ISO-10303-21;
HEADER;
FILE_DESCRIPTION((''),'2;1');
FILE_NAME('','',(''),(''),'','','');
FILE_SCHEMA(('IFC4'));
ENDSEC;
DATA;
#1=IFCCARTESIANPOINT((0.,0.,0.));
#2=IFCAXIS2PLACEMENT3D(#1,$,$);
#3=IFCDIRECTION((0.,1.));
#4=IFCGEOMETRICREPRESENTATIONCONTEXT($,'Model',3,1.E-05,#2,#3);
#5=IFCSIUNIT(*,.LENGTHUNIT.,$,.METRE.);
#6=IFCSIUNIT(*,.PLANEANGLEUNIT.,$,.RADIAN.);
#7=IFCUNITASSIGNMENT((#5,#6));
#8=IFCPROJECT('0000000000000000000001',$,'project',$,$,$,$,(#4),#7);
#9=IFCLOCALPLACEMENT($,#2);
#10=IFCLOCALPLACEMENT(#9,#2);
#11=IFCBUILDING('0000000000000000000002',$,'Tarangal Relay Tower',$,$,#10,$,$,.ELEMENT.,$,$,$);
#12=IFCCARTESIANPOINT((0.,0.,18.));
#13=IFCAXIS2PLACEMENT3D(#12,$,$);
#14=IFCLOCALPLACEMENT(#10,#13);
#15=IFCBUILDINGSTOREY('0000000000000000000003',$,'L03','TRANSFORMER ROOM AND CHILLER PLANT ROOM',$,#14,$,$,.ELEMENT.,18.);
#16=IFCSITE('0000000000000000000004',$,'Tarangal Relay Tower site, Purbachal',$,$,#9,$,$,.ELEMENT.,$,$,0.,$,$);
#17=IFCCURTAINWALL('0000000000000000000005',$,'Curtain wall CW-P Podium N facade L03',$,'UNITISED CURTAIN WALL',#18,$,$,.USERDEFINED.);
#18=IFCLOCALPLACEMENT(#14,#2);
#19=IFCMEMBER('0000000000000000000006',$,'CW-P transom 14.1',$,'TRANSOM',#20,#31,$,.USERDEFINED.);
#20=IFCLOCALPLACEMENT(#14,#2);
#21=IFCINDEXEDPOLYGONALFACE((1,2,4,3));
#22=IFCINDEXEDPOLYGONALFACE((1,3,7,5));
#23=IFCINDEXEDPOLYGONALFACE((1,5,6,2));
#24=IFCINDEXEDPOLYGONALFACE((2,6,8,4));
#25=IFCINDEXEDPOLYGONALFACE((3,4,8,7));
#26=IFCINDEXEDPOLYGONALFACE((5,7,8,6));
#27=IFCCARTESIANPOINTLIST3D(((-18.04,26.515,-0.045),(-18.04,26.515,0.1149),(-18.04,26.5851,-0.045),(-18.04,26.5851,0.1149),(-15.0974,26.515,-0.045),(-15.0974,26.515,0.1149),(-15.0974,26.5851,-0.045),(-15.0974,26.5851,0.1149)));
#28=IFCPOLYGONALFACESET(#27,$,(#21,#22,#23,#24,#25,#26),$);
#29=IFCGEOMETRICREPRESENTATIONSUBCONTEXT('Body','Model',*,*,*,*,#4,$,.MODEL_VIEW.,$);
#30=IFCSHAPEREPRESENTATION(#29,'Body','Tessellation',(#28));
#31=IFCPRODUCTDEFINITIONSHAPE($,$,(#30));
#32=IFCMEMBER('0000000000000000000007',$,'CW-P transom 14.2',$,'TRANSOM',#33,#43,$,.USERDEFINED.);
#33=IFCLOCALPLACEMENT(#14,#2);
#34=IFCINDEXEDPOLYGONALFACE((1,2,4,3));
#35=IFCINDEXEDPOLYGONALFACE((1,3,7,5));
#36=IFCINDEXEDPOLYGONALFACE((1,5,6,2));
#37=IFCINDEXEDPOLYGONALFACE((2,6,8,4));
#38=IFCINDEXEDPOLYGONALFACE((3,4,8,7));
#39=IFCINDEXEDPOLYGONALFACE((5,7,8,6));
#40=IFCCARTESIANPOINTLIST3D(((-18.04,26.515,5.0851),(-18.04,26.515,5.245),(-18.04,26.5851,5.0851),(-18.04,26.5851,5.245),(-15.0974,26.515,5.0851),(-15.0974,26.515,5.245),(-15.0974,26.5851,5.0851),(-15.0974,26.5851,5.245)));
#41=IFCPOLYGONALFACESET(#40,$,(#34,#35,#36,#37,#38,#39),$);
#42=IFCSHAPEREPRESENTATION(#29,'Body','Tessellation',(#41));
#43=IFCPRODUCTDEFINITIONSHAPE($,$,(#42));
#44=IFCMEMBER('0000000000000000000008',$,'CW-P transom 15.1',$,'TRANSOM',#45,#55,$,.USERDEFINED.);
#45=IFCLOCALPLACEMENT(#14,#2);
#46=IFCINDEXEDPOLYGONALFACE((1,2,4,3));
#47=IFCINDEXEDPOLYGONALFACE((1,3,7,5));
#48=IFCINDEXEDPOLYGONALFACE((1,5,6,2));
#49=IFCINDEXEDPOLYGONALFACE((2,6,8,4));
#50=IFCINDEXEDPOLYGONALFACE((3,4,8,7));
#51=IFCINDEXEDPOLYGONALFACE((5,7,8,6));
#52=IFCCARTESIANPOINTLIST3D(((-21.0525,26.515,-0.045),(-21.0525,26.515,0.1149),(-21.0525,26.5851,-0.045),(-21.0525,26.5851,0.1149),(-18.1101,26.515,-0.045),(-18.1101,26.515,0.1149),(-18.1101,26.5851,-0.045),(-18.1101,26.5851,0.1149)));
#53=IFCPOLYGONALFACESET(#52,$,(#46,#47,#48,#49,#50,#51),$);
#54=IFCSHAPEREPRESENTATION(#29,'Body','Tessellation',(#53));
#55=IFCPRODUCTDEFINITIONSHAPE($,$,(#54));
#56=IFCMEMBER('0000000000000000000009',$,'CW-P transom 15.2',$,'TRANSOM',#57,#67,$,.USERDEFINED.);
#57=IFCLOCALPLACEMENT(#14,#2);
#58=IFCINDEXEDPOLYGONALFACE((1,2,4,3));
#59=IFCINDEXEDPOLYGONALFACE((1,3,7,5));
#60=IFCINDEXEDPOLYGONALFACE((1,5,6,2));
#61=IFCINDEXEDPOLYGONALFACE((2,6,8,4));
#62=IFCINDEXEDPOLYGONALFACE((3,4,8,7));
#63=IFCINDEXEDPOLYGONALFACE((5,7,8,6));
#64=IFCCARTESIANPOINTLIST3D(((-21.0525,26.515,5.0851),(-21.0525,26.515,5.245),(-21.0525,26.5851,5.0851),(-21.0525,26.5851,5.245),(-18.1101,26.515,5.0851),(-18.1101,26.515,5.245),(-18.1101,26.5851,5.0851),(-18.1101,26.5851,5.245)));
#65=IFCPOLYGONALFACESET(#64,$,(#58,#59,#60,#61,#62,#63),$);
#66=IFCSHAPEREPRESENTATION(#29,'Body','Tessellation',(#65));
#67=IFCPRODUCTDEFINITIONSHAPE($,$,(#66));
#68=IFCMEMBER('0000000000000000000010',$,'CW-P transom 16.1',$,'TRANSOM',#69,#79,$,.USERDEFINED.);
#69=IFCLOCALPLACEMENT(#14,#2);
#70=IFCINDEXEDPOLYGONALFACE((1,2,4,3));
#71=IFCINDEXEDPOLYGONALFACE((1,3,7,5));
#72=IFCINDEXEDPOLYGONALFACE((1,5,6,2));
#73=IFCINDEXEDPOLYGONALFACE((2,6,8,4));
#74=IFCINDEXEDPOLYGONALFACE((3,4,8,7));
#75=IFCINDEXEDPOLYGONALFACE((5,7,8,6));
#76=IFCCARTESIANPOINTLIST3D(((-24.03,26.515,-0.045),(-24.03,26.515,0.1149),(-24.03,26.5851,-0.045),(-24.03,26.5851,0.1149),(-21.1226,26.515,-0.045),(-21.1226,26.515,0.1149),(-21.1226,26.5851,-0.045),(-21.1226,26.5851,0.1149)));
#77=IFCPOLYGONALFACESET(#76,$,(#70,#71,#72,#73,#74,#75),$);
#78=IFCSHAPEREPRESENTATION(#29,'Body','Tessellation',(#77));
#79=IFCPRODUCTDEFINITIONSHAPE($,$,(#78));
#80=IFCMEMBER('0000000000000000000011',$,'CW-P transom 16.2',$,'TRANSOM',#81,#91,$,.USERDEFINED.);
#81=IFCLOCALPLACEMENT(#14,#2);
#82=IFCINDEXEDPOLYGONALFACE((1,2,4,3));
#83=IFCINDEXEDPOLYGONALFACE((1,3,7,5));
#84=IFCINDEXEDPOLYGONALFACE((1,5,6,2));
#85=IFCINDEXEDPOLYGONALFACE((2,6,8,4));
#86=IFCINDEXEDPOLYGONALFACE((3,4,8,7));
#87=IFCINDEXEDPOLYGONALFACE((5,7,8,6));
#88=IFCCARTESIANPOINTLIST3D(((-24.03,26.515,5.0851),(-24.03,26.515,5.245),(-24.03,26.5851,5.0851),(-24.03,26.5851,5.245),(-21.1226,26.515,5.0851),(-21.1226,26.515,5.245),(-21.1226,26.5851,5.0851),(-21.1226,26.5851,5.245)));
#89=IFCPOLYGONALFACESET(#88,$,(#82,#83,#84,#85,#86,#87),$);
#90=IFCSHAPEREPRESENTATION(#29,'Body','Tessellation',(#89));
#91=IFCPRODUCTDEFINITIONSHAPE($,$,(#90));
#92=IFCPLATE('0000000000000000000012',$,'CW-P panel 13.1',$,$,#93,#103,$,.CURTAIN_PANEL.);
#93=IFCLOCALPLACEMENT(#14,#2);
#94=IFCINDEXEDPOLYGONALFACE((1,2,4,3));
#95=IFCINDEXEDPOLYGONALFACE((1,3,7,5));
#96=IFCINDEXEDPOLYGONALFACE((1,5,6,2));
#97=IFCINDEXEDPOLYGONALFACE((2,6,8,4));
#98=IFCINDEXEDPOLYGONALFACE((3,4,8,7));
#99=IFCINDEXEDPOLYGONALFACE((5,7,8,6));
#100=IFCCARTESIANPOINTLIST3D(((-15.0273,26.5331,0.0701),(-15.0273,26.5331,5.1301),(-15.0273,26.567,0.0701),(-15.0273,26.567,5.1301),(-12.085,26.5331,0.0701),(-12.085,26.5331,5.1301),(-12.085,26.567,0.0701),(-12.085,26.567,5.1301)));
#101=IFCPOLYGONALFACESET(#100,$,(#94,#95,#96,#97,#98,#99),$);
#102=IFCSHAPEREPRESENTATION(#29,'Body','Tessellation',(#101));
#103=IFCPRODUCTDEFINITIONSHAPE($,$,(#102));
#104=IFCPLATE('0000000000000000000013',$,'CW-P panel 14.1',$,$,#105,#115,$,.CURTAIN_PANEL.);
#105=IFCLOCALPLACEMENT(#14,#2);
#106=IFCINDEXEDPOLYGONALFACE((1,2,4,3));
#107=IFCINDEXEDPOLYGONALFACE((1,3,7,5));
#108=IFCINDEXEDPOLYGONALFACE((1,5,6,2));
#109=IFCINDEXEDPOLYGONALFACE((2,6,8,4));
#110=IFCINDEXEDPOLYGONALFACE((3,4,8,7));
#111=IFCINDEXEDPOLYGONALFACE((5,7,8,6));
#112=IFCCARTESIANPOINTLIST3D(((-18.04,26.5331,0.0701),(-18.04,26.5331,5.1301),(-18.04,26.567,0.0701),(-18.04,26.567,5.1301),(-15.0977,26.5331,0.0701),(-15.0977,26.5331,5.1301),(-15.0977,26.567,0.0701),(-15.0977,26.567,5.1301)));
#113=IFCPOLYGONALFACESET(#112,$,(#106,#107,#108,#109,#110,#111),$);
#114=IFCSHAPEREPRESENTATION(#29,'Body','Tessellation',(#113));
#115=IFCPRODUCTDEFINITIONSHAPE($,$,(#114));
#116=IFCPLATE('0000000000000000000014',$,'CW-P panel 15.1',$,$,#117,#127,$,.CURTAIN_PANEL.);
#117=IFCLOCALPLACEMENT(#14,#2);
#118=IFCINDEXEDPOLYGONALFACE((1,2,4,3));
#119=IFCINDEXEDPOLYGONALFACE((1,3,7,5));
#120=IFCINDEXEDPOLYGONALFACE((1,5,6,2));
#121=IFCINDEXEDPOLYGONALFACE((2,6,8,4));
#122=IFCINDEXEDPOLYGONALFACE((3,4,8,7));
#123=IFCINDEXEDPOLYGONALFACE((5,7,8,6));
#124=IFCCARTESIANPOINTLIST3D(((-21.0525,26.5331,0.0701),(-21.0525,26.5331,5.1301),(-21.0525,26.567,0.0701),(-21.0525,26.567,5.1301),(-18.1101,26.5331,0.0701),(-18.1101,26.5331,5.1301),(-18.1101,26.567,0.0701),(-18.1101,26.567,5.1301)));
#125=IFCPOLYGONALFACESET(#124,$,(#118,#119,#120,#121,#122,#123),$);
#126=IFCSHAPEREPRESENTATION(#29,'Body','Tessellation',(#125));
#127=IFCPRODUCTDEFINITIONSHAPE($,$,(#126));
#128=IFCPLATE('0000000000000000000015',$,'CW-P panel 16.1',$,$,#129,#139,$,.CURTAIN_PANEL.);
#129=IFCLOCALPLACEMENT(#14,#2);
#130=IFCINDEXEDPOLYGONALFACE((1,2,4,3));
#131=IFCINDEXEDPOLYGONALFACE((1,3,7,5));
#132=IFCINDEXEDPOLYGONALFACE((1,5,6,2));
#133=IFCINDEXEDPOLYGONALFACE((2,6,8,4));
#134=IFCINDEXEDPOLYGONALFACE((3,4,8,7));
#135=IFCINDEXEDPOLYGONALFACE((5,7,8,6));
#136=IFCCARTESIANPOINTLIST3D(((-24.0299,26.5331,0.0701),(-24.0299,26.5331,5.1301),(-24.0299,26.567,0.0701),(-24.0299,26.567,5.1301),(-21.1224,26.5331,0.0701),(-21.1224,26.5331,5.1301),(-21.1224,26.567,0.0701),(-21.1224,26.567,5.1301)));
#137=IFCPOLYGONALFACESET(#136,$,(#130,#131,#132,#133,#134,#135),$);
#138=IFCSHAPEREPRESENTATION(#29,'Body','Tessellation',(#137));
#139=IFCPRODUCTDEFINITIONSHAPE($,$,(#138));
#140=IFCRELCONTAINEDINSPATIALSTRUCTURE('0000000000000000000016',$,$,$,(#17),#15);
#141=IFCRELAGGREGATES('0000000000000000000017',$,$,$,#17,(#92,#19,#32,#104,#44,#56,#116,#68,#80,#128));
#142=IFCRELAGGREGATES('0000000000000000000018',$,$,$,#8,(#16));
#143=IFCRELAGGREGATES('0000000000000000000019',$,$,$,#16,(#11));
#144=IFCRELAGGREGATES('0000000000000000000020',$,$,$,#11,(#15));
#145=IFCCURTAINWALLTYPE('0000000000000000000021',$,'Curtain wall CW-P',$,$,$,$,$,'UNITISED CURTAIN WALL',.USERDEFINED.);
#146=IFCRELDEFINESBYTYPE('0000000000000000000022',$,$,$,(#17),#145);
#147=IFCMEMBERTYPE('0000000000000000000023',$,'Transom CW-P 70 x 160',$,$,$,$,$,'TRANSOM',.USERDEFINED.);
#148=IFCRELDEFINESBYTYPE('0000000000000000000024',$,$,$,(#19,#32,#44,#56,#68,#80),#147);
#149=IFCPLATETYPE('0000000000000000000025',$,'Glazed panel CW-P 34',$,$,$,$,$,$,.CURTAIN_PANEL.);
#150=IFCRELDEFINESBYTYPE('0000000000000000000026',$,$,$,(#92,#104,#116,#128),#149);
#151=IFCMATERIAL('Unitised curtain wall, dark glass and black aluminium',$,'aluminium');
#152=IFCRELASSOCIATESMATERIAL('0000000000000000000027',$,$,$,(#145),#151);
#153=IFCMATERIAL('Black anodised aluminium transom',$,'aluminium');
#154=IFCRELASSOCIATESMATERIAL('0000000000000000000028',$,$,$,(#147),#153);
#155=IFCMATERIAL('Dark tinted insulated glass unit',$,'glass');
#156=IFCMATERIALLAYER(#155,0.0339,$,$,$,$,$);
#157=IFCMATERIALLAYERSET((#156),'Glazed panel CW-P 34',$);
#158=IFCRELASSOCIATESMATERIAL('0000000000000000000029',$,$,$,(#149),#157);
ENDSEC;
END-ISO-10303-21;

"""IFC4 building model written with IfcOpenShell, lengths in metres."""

from ifc_helpers import new_model, si_unit, direction, frame, origin, origin_2d, place, context, subcontext, project, spatial, rectangle, extrude, material, layer, layer_set, material_profile, profile_set, type_object, element, aggregate, save


model = new_model("IFC4")

# Units and contexts
model_context = context("Model", 3, precision=1e-05, world=origin(), true_north=direction((0.0, 1.0)))
body_context = subcontext(model_context, "Body", "Model", "MODEL_VIEW")
ifc_project = project(units=[si_unit("LENGTHUNIT", "METRE"), si_unit("PLANEANGLEUNIT", "RADIAN")], contexts=[model_context])

# Site, building, storey
site_placement = place(None, origin())
site = spatial("IfcSite", under=ifc_project, at=site_placement, Name="Tarangal Relay Tower site, Purbachal", CompositionType="ELEMENT", RefElevation=0.0)
building_placement = place(site_placement, origin())
building = spatial("IfcBuilding", under=site, at=building_placement, Name="Tarangal Relay Tower", CompositionType="ELEMENT")
storey_placement = place(building_placement, frame((0.0, 0.0, 18.0)))
storey = spatial("IfcBuildingStorey", under=building, at=storey_placement, Name="L03", Description="TRANSFORMER ROOM AND CHILLER PLANT ROOM", CompositionType="ELEMENT", Elevation=18.0)

# Curtain wall
ifc_material_1 = material(Name="Unitised curtain wall, dark glass and black aluminium", Category="aluminium")
curtain_wall_type = type_object("IfcCurtainWallType", Name="Curtain wall CW-P", ElementType="UNITISED CURTAIN WALL", PredefinedType="USERDEFINED", material=ifc_material_1)
curtain_wall_placement = place(storey_placement, origin())
curtain_wall = element("IfcCurtainWall", 1, at=curtain_wall_placement, inside=storey, type_object=curtain_wall_type, Name="Curtain wall CW-P Podium N facade L03", ObjectType="UNITISED CURTAIN WALL", PredefinedType="USERDEFINED")

# Members
ifc_material_2 = material(Name="Black anodised aluminium transom", Category="aluminium")
ifc_material_profile_1 = material_profile(ifc_material_2, rectangle(XDim=0.0701, YDim=0.1599, at=origin_2d()), Name="CW-PT 70X160")
ifc_profile_set_1 = profile_set([ifc_material_profile_1], Name="Black anodised aluminium transom")
member_type_1 = type_object("IfcMemberType", Name="Transom CW-P 70 x 160", ElementType="TRANSOM", PredefinedType="USERDEFINED", material=ifc_profile_set_1)
member_1_placement = place(storey_placement, frame((-15.0974, 26.55, 0.0349), z_axis=(-1.0, 0.0, 0.0), x_axis=(0.0, -1.0, 0.0)))
member_1 = element("IfcMember", 2, at=member_1_placement, type_object=member_type_1, Name="CW-P transom 14.1", ObjectType="TRANSOM", PredefinedType="USERDEFINED", context=body_context, shape_type="SweptSolid", body=[
    extrude(rectangle(XDim=0.0701, YDim=0.1599, at=origin_2d()), origin(), (0.0, 0.0, 1.0), 2.9426),
])
member_2_placement = place(storey_placement, frame((-15.0974, 26.55, 5.165), z_axis=(-1.0, 0.0, 0.0), x_axis=(0.0, -1.0, 0.0)))
member_2 = element("IfcMember", 3, at=member_2_placement, type_object=member_type_1, Name="CW-P transom 14.2", ObjectType="TRANSOM", PredefinedType="USERDEFINED", context=body_context, shape_type="SweptSolid", body=[
    extrude(rectangle(XDim=0.0701, YDim=0.1599, at=origin_2d()), origin(), (0.0, 0.0, 1.0), 2.9426),
])
member_3_placement = place(storey_placement, frame((-18.1101, 26.55, 0.0349), z_axis=(-1.0, 0.0, 0.0), x_axis=(0.0, -1.0, 0.0)))
member_3 = element("IfcMember", 4, at=member_3_placement, type_object=member_type_1, Name="CW-P transom 15.1", ObjectType="TRANSOM", PredefinedType="USERDEFINED", context=body_context, shape_type="SweptSolid", body=[
    extrude(rectangle(XDim=0.0701, YDim=0.1599, at=origin_2d()), origin(), (0.0, 0.0, 1.0), 2.9424),
])
member_4_placement = place(storey_placement, frame((-18.1101, 26.55, 5.165), z_axis=(-1.0, 0.0, 0.0), x_axis=(0.0, -1.0, 0.0)))
member_4 = element("IfcMember", 5, at=member_4_placement, type_object=member_type_1, Name="CW-P transom 15.2", ObjectType="TRANSOM", PredefinedType="USERDEFINED", context=body_context, shape_type="SweptSolid", body=[
    extrude(rectangle(XDim=0.0701, YDim=0.1599, at=origin_2d()), origin(), (0.0, 0.0, 1.0), 2.9424),
])
member_5_placement = place(storey_placement, frame((-21.1226, 26.55, 0.0349), z_axis=(-1.0, 0.0, 0.0), x_axis=(0.0, -1.0, 0.0)))
member_5 = element("IfcMember", 6, at=member_5_placement, type_object=member_type_1, Name="CW-P transom 16.1", ObjectType="TRANSOM", PredefinedType="USERDEFINED", context=body_context, shape_type="SweptSolid", body=[
    extrude(rectangle(XDim=0.0701, YDim=0.1599, at=origin_2d()), origin(), (0.0, 0.0, 1.0), 2.9075),
])
member_6_placement = place(storey_placement, frame((-21.1226, 26.55, 5.165), z_axis=(-1.0, 0.0, 0.0), x_axis=(0.0, -1.0, 0.0)))
member_6 = element("IfcMember", 7, at=member_6_placement, type_object=member_type_1, Name="CW-P transom 16.2", ObjectType="TRANSOM", PredefinedType="USERDEFINED", context=body_context, shape_type="SweptSolid", body=[
    extrude(rectangle(XDim=0.0701, YDim=0.1599, at=origin_2d()), origin(), (0.0, 0.0, 1.0), 2.9075),
])

# Plates
ifc_material_3 = material(Name="Dark tinted insulated glass unit", Category="glass")
ifc_layer = layer(ifc_material_3, 0.0339)
ifc_layer_set = layer_set([ifc_layer], Name="Glazed panel CW-P 34")
plate_type = type_object("IfcPlateType", Name="Glazed panel CW-P 34", PredefinedType="CURTAIN_PANEL", material=ifc_layer_set)
plate_1_placement = place(storey_placement, frame((-13.5562, 26.55, 0.0701), z_axis=(0.0, 0.0, 1.0), x_axis=(-1.0, 0.0, 0.0)))
plate_1 = element("IfcPlate", 8, at=plate_1_placement, type_object=plate_type, Name="CW-P panel 13.1", PredefinedType="CURTAIN_PANEL", context=body_context, shape_type="SweptSolid", body=[
    extrude(rectangle(XDim=2.9424, YDim=0.0339, at=origin_2d()), origin(), (0.0, 0.0, 1.0), 5.0601),
])
plate_2_placement = place(storey_placement, frame((-16.5688, 26.55, 0.0701), z_axis=(0.0, 0.0, 1.0), x_axis=(-1.0, 0.0, 0.0)))
plate_2 = element("IfcPlate", 9, at=plate_2_placement, type_object=plate_type, Name="CW-P panel 14.1", PredefinedType="CURTAIN_PANEL", context=body_context, shape_type="SweptSolid", body=[
    extrude(rectangle(XDim=2.9424, YDim=0.0339, at=origin_2d()), origin(), (0.0, 0.0, 1.0), 5.0601),
])
plate_3_placement = place(storey_placement, frame((-19.5813, 26.55, 0.0701), z_axis=(0.0, 0.0, 1.0), x_axis=(-1.0, 0.0, 0.0)))
plate_3 = element("IfcPlate", 10, at=plate_3_placement, type_object=plate_type, Name="CW-P panel 15.1", PredefinedType="CURTAIN_PANEL", context=body_context, shape_type="SweptSolid", body=[
    extrude(rectangle(XDim=2.9424, YDim=0.0339, at=origin_2d()), origin(), (0.0, 0.0, 1.0), 5.0601),
])
plate_4_placement = place(storey_placement, frame((-22.5762, 26.55, 0.0701), z_axis=(0.0, 0.0, 1.0), x_axis=(-1.0, 0.0, 0.0)))
plate_4 = element("IfcPlate", 11, at=plate_4_placement, type_object=plate_type, Name="CW-P panel 16.1", PredefinedType="CURTAIN_PANEL", context=body_context, shape_type="SweptSolid", body=[
    extrude(rectangle(XDim=2.9075, YDim=0.0339, at=origin_2d()), origin(), (0.0, 0.0, 1.0), 5.0601),
])
aggregate(curtain_wall, [plate_1, member_1, member_2, plate_2, member_3, member_4, plate_3, member_5, member_6, plate_4])

save(model, "model.ifc")
